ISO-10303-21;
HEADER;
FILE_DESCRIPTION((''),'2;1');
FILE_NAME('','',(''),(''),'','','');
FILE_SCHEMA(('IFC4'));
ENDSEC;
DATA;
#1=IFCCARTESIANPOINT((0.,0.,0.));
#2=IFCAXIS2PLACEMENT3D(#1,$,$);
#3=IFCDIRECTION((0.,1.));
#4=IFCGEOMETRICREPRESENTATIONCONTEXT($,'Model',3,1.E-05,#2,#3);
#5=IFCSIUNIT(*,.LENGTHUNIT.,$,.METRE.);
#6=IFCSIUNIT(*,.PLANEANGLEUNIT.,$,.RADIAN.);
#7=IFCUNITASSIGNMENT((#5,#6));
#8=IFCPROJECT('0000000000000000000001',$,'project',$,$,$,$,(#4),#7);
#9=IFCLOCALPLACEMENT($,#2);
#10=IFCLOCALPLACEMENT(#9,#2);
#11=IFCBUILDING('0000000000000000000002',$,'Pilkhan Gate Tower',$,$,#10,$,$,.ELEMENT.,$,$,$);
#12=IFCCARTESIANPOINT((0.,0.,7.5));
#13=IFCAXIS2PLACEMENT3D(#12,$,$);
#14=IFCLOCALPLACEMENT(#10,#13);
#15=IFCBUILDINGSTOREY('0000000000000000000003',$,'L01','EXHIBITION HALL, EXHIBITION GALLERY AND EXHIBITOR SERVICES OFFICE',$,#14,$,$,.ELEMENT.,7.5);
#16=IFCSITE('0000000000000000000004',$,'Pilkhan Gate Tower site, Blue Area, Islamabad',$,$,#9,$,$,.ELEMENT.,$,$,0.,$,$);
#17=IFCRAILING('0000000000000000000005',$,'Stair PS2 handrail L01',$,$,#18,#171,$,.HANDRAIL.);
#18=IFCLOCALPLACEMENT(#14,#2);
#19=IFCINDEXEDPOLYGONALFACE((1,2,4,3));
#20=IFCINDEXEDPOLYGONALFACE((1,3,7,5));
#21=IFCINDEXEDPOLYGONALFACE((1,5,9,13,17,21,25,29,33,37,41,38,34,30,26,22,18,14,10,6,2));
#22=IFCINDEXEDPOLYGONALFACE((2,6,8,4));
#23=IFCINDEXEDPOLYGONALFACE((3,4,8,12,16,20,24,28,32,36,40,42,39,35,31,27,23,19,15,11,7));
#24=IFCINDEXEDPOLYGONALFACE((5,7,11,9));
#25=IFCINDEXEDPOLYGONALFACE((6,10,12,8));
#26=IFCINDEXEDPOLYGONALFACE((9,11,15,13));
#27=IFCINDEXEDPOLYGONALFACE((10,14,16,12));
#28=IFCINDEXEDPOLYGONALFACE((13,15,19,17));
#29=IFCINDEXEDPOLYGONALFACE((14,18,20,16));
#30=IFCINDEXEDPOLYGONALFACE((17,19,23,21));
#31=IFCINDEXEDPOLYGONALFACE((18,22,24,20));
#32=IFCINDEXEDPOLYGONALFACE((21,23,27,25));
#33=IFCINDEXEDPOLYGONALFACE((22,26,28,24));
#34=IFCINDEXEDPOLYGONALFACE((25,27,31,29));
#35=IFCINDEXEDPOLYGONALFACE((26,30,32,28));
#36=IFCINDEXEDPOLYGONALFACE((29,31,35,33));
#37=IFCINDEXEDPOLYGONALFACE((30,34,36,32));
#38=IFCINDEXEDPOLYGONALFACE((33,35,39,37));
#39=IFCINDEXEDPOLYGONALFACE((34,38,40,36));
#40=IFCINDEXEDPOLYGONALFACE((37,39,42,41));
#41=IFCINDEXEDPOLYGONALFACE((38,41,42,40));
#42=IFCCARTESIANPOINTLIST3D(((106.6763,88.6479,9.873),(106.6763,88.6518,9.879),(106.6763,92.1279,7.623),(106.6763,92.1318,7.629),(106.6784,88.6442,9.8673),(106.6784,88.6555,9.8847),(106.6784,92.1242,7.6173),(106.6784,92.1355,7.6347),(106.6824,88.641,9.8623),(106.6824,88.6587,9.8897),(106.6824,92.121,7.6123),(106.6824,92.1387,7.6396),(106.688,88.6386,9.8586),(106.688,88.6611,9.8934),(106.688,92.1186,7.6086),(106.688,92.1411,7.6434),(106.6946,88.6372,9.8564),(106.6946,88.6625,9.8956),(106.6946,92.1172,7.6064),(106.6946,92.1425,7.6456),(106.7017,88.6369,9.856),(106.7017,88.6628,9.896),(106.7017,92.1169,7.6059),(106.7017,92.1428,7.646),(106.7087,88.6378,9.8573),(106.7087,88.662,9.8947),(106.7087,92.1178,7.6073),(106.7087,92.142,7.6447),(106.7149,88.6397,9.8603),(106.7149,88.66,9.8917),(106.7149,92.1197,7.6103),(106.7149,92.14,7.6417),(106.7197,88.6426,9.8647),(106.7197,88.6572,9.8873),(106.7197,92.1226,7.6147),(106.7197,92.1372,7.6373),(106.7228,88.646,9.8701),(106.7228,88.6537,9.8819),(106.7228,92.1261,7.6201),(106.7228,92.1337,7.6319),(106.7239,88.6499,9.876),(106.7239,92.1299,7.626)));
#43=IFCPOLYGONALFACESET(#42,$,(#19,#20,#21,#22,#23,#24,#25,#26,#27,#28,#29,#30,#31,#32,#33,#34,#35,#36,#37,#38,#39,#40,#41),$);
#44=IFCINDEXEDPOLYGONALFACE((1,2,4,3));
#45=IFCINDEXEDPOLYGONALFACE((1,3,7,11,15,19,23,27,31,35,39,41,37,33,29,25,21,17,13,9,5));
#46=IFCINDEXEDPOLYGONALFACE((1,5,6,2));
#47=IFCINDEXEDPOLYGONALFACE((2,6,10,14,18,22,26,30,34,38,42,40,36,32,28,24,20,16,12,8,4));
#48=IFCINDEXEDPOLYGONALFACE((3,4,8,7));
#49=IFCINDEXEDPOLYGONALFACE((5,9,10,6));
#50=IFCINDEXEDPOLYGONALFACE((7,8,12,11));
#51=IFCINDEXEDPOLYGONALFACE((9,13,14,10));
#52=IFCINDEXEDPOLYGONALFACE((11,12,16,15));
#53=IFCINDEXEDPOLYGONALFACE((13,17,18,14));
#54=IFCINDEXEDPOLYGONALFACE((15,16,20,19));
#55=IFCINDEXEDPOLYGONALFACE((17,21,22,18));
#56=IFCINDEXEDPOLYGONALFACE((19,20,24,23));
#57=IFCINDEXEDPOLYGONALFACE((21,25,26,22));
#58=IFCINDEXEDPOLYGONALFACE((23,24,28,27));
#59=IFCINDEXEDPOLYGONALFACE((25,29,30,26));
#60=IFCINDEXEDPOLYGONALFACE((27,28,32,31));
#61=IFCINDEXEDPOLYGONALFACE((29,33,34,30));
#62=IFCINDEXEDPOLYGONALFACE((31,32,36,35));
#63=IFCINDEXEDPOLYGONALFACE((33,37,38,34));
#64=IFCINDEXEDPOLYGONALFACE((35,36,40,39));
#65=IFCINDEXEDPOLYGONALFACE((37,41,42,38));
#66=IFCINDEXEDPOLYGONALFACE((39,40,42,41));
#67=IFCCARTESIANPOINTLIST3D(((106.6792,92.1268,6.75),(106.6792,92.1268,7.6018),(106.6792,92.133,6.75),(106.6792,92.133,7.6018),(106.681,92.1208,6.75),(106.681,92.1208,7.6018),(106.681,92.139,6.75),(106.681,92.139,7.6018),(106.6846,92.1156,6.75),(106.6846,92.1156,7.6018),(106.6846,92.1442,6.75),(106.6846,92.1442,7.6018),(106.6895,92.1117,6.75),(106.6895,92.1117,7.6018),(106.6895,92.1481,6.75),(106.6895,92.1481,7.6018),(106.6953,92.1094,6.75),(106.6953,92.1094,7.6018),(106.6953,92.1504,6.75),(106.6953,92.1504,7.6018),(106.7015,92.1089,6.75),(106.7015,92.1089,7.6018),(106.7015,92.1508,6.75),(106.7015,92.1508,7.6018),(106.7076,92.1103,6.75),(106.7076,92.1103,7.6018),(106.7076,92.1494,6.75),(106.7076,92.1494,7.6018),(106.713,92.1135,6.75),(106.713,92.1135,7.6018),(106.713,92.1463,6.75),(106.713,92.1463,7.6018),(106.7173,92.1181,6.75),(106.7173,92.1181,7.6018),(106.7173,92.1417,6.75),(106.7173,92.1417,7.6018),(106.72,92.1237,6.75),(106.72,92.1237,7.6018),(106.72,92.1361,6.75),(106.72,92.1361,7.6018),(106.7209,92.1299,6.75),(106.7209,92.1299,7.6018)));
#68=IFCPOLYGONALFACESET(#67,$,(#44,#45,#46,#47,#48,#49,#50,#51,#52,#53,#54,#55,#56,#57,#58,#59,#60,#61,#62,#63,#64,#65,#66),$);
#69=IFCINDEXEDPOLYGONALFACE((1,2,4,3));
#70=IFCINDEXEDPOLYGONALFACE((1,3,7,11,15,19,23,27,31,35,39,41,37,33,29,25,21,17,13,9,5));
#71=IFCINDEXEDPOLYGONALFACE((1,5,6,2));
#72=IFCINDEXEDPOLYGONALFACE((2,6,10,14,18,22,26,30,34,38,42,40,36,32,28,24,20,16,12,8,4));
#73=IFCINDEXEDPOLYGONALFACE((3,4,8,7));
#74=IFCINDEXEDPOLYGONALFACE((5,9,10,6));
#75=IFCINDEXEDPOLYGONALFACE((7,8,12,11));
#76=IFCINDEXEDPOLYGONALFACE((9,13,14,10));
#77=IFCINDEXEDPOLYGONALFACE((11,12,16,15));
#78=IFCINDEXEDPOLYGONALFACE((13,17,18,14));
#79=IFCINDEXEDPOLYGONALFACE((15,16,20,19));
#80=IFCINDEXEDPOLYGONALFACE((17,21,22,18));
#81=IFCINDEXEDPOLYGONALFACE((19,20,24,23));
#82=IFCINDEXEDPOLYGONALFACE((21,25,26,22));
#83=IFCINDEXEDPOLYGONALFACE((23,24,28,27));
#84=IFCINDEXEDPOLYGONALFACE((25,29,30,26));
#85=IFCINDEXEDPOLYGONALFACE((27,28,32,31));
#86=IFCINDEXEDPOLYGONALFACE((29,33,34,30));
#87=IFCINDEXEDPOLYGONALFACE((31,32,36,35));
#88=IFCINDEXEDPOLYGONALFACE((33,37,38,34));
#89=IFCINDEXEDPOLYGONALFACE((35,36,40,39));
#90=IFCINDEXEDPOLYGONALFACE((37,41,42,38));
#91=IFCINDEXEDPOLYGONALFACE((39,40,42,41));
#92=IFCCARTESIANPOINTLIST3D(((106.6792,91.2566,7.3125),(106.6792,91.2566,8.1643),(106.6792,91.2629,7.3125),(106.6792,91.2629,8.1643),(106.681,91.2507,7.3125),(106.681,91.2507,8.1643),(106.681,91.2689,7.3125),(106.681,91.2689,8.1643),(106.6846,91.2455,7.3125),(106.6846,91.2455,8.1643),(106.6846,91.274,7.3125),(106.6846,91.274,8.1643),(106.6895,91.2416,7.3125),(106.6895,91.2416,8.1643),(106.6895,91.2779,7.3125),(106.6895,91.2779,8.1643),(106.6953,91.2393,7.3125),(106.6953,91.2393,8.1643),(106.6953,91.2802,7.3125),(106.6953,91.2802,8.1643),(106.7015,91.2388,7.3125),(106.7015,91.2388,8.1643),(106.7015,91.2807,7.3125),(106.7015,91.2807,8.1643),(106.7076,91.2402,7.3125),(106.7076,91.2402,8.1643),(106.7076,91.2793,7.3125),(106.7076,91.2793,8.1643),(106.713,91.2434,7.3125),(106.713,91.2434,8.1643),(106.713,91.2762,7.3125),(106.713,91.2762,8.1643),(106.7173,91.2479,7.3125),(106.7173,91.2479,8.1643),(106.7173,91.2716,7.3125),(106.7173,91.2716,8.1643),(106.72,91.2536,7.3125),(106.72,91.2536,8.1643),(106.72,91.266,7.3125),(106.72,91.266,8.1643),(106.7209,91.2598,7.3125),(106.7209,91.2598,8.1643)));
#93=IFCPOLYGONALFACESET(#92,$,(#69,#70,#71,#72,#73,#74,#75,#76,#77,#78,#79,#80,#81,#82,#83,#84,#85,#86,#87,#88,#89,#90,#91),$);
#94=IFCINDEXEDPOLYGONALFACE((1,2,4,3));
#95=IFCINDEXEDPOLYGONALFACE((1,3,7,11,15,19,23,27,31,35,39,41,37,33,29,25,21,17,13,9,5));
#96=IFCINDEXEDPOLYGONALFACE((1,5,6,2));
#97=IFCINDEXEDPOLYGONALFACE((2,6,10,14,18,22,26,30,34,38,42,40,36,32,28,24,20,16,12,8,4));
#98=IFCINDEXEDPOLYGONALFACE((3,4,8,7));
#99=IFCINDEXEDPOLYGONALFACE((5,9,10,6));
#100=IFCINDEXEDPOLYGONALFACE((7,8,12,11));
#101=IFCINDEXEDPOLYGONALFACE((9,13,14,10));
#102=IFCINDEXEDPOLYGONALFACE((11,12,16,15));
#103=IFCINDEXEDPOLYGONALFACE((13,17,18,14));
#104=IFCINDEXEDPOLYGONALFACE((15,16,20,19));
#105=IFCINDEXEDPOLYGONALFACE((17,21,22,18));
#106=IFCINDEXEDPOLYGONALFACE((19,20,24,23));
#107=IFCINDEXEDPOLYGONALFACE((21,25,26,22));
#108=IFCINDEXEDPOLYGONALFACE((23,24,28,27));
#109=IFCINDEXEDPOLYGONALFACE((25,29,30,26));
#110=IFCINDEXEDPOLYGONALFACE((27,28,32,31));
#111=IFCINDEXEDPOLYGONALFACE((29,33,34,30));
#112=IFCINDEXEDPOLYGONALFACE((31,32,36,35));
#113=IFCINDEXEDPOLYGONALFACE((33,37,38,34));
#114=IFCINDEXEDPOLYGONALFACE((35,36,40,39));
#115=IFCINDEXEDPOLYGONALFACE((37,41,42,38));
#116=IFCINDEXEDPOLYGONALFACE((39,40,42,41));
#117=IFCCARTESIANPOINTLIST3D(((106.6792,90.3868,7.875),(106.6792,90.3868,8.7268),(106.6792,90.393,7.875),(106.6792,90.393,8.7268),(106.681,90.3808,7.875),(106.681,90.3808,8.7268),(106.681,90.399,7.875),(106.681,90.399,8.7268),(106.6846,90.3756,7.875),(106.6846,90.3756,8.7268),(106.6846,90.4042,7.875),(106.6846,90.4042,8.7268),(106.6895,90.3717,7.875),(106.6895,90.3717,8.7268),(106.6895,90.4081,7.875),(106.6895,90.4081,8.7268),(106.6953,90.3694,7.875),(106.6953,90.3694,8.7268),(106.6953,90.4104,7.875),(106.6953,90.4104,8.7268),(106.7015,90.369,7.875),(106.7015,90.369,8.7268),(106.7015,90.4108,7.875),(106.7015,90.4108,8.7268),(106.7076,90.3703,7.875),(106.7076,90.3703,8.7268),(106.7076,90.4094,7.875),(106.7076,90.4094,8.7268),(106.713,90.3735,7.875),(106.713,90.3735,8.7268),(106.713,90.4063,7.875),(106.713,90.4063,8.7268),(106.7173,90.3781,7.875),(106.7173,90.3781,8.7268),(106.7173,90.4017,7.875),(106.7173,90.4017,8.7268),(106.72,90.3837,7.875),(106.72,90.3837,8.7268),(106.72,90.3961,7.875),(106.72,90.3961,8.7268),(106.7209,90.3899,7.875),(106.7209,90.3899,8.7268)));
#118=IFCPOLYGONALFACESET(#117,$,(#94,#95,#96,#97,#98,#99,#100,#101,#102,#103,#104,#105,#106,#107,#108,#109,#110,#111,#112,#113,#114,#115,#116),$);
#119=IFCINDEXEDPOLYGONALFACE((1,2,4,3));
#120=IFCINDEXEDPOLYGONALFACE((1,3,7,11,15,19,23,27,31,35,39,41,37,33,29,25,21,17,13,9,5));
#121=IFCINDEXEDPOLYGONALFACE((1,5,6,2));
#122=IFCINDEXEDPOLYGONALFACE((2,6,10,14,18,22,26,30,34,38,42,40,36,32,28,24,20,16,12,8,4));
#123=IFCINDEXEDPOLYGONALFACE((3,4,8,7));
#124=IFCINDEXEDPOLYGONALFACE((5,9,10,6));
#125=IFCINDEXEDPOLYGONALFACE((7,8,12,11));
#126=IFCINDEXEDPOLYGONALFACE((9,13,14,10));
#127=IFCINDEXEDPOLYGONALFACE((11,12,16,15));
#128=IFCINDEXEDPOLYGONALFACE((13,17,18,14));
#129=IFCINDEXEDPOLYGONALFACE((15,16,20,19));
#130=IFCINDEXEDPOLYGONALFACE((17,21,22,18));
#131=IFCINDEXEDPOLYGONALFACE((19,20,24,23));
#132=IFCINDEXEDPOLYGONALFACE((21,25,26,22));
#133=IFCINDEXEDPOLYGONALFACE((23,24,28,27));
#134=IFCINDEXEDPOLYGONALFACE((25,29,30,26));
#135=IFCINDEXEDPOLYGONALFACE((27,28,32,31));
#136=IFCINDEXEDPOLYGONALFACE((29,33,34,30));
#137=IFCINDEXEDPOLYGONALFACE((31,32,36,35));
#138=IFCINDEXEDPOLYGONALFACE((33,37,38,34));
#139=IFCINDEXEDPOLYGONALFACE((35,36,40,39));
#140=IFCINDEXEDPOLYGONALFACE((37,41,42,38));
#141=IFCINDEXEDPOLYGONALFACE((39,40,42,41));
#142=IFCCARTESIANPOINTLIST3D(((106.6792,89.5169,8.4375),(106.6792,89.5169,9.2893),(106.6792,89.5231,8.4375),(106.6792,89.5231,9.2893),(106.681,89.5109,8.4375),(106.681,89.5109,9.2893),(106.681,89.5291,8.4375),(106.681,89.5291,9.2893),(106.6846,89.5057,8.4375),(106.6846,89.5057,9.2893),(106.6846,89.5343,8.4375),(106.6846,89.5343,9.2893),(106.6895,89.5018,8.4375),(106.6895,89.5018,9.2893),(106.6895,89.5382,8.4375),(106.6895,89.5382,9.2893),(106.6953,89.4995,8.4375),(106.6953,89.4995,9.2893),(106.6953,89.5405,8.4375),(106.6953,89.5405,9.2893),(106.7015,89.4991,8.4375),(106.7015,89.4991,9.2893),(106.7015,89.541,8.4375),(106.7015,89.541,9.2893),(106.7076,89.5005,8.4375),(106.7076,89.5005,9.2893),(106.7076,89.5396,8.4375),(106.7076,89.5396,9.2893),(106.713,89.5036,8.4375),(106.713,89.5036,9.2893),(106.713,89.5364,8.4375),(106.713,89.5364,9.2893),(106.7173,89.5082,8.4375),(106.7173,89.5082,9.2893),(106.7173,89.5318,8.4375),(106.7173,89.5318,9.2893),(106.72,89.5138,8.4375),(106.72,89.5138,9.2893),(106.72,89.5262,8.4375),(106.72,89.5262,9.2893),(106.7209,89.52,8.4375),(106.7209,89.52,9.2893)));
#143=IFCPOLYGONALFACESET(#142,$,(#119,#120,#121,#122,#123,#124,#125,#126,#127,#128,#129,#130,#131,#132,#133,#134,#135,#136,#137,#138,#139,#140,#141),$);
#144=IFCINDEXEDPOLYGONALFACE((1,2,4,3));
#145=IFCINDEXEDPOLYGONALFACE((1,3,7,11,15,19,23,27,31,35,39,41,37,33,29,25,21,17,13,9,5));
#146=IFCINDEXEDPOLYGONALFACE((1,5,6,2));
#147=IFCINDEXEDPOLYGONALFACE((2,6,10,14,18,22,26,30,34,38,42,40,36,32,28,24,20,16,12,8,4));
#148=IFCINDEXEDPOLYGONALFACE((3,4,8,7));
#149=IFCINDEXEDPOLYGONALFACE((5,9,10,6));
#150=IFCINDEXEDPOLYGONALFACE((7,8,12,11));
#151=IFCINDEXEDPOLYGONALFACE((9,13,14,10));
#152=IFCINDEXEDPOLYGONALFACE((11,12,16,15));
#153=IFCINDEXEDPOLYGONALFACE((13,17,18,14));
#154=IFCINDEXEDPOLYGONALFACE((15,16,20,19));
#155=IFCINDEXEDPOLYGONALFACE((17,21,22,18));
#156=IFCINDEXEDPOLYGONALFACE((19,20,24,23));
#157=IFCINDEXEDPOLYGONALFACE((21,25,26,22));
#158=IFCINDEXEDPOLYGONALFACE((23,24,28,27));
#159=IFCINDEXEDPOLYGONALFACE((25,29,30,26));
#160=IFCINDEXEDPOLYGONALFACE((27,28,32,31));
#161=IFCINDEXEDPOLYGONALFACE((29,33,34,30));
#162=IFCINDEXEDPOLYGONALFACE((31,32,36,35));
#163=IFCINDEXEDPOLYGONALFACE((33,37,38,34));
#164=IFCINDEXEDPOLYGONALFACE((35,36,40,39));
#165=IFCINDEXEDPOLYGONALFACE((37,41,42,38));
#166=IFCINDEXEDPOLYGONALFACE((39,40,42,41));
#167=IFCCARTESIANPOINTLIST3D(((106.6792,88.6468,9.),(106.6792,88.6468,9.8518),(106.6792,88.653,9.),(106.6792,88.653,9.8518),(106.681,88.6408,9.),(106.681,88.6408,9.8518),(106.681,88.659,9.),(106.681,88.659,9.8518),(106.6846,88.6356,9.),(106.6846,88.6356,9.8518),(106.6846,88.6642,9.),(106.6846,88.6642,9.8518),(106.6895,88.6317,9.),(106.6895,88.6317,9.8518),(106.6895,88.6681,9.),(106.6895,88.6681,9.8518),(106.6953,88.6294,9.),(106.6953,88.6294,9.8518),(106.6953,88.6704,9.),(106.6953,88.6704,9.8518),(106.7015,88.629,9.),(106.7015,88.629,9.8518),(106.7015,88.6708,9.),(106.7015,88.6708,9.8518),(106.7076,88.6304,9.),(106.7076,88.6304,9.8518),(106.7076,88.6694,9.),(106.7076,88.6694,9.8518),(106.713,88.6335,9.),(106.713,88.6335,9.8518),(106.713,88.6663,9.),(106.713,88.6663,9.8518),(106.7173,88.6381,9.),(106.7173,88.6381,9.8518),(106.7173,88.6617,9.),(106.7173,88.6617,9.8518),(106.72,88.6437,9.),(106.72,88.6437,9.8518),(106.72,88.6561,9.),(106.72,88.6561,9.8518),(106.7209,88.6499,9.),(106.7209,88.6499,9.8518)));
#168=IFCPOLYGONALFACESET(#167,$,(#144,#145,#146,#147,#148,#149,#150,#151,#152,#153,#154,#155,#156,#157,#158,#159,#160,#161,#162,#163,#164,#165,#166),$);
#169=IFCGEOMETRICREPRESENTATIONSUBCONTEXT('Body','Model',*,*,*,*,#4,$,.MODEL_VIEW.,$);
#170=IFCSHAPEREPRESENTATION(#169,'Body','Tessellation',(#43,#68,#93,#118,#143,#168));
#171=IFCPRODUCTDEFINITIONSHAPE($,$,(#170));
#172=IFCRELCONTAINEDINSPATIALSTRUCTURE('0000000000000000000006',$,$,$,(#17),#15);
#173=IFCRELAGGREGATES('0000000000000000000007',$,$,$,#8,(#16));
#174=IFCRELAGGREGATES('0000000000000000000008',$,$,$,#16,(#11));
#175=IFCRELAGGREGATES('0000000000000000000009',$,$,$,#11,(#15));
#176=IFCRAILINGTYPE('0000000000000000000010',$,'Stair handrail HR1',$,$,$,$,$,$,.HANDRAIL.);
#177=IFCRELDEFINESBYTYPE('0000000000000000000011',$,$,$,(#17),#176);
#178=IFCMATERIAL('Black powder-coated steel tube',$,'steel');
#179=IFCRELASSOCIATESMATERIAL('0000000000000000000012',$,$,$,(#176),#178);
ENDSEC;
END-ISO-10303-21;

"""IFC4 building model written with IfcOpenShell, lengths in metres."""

from ifc_helpers import new_model, si_unit, direction, frame, origin, origin_2d, place, context, subcontext, project, spatial, circle, extrude, material, type_object, element, save


model = new_model("IFC4")

# Units and contexts
model_context = context("Model", 3, precision=1e-05, world=origin(), true_north=direction((0.0, 1.0)))
body_context = subcontext(model_context, "Body", "Model", "MODEL_VIEW")
ifc_project = project(units=[si_unit("LENGTHUNIT", "METRE"), si_unit("PLANEANGLEUNIT", "RADIAN")], contexts=[model_context])

# Site, building, storey
site_placement = place(None, origin())
site = spatial("IfcSite", under=ifc_project, at=site_placement, Name="Pilkhan Gate Tower site, Blue Area, Islamabad", CompositionType="ELEMENT", RefElevation=0.0)
building_placement = place(site_placement, origin())
building = spatial("IfcBuilding", under=site, at=building_placement, Name="Pilkhan Gate Tower", CompositionType="ELEMENT")
storey_placement = place(building_placement, frame((0.0, 0.0, 7.5)))
storey = spatial("IfcBuildingStorey", under=building, at=storey_placement, Name="L01", Description="EXHIBITION HALL, EXHIBITION GALLERY AND EXHIBITOR SERVICES OFFICE", CompositionType="ELEMENT", Elevation=7.5)

# Railing
ifc_material_1 = material(Name="Black powder-coated steel tube", Category="steel")
railing_type_1 = type_object("IfcRailingType", Name="Stair handrail HR1", PredefinedType="HANDRAIL", material=ifc_material_1)
railing_1_placement = place(storey_placement, frame((106.7, 92.1299, 6.75)))
element("IfcRailing", 1, at=railing_1_placement, inside=storey, type_object=railing_type_1, Name="Stair PS2 handrail L01", PredefinedType="HANDRAIL", context=body_context, shape_type="SweptSolid", body=[
    extrude(circle(Radius=0.0239, at=origin_2d()), frame((0.0, 0.0, 0.876), z_axis=(0.0, -0.839763, 0.542953), x_axis=(1.0, 0.0, 0.0)), (0.0, 0.0, 1.0), 4.144),
    extrude(circle(Radius=0.021, at=origin_2d()), origin(), (0.0, 0.0, 1.0), 0.8518),
    extrude(circle(Radius=0.021, at=origin_2d()), frame((0.0, -0.8701, 0.5625)), (0.0, 0.0, 1.0), 0.8518),
    extrude(circle(Radius=0.021, at=origin_2d()), frame((0.0, -1.74, 1.125)), (0.0, 0.0, 1.0), 0.8518),
    extrude(circle(Radius=0.021, at=origin_2d()), frame((0.0, -2.6099, 1.6875)), (0.0, 0.0, 1.0), 0.8518),
    extrude(circle(Radius=0.021, at=origin_2d()), frame((0.0, -3.48, 2.25)), (0.0, 0.0, 1.0), 0.8518),
])

save(model, "model.ifc")
